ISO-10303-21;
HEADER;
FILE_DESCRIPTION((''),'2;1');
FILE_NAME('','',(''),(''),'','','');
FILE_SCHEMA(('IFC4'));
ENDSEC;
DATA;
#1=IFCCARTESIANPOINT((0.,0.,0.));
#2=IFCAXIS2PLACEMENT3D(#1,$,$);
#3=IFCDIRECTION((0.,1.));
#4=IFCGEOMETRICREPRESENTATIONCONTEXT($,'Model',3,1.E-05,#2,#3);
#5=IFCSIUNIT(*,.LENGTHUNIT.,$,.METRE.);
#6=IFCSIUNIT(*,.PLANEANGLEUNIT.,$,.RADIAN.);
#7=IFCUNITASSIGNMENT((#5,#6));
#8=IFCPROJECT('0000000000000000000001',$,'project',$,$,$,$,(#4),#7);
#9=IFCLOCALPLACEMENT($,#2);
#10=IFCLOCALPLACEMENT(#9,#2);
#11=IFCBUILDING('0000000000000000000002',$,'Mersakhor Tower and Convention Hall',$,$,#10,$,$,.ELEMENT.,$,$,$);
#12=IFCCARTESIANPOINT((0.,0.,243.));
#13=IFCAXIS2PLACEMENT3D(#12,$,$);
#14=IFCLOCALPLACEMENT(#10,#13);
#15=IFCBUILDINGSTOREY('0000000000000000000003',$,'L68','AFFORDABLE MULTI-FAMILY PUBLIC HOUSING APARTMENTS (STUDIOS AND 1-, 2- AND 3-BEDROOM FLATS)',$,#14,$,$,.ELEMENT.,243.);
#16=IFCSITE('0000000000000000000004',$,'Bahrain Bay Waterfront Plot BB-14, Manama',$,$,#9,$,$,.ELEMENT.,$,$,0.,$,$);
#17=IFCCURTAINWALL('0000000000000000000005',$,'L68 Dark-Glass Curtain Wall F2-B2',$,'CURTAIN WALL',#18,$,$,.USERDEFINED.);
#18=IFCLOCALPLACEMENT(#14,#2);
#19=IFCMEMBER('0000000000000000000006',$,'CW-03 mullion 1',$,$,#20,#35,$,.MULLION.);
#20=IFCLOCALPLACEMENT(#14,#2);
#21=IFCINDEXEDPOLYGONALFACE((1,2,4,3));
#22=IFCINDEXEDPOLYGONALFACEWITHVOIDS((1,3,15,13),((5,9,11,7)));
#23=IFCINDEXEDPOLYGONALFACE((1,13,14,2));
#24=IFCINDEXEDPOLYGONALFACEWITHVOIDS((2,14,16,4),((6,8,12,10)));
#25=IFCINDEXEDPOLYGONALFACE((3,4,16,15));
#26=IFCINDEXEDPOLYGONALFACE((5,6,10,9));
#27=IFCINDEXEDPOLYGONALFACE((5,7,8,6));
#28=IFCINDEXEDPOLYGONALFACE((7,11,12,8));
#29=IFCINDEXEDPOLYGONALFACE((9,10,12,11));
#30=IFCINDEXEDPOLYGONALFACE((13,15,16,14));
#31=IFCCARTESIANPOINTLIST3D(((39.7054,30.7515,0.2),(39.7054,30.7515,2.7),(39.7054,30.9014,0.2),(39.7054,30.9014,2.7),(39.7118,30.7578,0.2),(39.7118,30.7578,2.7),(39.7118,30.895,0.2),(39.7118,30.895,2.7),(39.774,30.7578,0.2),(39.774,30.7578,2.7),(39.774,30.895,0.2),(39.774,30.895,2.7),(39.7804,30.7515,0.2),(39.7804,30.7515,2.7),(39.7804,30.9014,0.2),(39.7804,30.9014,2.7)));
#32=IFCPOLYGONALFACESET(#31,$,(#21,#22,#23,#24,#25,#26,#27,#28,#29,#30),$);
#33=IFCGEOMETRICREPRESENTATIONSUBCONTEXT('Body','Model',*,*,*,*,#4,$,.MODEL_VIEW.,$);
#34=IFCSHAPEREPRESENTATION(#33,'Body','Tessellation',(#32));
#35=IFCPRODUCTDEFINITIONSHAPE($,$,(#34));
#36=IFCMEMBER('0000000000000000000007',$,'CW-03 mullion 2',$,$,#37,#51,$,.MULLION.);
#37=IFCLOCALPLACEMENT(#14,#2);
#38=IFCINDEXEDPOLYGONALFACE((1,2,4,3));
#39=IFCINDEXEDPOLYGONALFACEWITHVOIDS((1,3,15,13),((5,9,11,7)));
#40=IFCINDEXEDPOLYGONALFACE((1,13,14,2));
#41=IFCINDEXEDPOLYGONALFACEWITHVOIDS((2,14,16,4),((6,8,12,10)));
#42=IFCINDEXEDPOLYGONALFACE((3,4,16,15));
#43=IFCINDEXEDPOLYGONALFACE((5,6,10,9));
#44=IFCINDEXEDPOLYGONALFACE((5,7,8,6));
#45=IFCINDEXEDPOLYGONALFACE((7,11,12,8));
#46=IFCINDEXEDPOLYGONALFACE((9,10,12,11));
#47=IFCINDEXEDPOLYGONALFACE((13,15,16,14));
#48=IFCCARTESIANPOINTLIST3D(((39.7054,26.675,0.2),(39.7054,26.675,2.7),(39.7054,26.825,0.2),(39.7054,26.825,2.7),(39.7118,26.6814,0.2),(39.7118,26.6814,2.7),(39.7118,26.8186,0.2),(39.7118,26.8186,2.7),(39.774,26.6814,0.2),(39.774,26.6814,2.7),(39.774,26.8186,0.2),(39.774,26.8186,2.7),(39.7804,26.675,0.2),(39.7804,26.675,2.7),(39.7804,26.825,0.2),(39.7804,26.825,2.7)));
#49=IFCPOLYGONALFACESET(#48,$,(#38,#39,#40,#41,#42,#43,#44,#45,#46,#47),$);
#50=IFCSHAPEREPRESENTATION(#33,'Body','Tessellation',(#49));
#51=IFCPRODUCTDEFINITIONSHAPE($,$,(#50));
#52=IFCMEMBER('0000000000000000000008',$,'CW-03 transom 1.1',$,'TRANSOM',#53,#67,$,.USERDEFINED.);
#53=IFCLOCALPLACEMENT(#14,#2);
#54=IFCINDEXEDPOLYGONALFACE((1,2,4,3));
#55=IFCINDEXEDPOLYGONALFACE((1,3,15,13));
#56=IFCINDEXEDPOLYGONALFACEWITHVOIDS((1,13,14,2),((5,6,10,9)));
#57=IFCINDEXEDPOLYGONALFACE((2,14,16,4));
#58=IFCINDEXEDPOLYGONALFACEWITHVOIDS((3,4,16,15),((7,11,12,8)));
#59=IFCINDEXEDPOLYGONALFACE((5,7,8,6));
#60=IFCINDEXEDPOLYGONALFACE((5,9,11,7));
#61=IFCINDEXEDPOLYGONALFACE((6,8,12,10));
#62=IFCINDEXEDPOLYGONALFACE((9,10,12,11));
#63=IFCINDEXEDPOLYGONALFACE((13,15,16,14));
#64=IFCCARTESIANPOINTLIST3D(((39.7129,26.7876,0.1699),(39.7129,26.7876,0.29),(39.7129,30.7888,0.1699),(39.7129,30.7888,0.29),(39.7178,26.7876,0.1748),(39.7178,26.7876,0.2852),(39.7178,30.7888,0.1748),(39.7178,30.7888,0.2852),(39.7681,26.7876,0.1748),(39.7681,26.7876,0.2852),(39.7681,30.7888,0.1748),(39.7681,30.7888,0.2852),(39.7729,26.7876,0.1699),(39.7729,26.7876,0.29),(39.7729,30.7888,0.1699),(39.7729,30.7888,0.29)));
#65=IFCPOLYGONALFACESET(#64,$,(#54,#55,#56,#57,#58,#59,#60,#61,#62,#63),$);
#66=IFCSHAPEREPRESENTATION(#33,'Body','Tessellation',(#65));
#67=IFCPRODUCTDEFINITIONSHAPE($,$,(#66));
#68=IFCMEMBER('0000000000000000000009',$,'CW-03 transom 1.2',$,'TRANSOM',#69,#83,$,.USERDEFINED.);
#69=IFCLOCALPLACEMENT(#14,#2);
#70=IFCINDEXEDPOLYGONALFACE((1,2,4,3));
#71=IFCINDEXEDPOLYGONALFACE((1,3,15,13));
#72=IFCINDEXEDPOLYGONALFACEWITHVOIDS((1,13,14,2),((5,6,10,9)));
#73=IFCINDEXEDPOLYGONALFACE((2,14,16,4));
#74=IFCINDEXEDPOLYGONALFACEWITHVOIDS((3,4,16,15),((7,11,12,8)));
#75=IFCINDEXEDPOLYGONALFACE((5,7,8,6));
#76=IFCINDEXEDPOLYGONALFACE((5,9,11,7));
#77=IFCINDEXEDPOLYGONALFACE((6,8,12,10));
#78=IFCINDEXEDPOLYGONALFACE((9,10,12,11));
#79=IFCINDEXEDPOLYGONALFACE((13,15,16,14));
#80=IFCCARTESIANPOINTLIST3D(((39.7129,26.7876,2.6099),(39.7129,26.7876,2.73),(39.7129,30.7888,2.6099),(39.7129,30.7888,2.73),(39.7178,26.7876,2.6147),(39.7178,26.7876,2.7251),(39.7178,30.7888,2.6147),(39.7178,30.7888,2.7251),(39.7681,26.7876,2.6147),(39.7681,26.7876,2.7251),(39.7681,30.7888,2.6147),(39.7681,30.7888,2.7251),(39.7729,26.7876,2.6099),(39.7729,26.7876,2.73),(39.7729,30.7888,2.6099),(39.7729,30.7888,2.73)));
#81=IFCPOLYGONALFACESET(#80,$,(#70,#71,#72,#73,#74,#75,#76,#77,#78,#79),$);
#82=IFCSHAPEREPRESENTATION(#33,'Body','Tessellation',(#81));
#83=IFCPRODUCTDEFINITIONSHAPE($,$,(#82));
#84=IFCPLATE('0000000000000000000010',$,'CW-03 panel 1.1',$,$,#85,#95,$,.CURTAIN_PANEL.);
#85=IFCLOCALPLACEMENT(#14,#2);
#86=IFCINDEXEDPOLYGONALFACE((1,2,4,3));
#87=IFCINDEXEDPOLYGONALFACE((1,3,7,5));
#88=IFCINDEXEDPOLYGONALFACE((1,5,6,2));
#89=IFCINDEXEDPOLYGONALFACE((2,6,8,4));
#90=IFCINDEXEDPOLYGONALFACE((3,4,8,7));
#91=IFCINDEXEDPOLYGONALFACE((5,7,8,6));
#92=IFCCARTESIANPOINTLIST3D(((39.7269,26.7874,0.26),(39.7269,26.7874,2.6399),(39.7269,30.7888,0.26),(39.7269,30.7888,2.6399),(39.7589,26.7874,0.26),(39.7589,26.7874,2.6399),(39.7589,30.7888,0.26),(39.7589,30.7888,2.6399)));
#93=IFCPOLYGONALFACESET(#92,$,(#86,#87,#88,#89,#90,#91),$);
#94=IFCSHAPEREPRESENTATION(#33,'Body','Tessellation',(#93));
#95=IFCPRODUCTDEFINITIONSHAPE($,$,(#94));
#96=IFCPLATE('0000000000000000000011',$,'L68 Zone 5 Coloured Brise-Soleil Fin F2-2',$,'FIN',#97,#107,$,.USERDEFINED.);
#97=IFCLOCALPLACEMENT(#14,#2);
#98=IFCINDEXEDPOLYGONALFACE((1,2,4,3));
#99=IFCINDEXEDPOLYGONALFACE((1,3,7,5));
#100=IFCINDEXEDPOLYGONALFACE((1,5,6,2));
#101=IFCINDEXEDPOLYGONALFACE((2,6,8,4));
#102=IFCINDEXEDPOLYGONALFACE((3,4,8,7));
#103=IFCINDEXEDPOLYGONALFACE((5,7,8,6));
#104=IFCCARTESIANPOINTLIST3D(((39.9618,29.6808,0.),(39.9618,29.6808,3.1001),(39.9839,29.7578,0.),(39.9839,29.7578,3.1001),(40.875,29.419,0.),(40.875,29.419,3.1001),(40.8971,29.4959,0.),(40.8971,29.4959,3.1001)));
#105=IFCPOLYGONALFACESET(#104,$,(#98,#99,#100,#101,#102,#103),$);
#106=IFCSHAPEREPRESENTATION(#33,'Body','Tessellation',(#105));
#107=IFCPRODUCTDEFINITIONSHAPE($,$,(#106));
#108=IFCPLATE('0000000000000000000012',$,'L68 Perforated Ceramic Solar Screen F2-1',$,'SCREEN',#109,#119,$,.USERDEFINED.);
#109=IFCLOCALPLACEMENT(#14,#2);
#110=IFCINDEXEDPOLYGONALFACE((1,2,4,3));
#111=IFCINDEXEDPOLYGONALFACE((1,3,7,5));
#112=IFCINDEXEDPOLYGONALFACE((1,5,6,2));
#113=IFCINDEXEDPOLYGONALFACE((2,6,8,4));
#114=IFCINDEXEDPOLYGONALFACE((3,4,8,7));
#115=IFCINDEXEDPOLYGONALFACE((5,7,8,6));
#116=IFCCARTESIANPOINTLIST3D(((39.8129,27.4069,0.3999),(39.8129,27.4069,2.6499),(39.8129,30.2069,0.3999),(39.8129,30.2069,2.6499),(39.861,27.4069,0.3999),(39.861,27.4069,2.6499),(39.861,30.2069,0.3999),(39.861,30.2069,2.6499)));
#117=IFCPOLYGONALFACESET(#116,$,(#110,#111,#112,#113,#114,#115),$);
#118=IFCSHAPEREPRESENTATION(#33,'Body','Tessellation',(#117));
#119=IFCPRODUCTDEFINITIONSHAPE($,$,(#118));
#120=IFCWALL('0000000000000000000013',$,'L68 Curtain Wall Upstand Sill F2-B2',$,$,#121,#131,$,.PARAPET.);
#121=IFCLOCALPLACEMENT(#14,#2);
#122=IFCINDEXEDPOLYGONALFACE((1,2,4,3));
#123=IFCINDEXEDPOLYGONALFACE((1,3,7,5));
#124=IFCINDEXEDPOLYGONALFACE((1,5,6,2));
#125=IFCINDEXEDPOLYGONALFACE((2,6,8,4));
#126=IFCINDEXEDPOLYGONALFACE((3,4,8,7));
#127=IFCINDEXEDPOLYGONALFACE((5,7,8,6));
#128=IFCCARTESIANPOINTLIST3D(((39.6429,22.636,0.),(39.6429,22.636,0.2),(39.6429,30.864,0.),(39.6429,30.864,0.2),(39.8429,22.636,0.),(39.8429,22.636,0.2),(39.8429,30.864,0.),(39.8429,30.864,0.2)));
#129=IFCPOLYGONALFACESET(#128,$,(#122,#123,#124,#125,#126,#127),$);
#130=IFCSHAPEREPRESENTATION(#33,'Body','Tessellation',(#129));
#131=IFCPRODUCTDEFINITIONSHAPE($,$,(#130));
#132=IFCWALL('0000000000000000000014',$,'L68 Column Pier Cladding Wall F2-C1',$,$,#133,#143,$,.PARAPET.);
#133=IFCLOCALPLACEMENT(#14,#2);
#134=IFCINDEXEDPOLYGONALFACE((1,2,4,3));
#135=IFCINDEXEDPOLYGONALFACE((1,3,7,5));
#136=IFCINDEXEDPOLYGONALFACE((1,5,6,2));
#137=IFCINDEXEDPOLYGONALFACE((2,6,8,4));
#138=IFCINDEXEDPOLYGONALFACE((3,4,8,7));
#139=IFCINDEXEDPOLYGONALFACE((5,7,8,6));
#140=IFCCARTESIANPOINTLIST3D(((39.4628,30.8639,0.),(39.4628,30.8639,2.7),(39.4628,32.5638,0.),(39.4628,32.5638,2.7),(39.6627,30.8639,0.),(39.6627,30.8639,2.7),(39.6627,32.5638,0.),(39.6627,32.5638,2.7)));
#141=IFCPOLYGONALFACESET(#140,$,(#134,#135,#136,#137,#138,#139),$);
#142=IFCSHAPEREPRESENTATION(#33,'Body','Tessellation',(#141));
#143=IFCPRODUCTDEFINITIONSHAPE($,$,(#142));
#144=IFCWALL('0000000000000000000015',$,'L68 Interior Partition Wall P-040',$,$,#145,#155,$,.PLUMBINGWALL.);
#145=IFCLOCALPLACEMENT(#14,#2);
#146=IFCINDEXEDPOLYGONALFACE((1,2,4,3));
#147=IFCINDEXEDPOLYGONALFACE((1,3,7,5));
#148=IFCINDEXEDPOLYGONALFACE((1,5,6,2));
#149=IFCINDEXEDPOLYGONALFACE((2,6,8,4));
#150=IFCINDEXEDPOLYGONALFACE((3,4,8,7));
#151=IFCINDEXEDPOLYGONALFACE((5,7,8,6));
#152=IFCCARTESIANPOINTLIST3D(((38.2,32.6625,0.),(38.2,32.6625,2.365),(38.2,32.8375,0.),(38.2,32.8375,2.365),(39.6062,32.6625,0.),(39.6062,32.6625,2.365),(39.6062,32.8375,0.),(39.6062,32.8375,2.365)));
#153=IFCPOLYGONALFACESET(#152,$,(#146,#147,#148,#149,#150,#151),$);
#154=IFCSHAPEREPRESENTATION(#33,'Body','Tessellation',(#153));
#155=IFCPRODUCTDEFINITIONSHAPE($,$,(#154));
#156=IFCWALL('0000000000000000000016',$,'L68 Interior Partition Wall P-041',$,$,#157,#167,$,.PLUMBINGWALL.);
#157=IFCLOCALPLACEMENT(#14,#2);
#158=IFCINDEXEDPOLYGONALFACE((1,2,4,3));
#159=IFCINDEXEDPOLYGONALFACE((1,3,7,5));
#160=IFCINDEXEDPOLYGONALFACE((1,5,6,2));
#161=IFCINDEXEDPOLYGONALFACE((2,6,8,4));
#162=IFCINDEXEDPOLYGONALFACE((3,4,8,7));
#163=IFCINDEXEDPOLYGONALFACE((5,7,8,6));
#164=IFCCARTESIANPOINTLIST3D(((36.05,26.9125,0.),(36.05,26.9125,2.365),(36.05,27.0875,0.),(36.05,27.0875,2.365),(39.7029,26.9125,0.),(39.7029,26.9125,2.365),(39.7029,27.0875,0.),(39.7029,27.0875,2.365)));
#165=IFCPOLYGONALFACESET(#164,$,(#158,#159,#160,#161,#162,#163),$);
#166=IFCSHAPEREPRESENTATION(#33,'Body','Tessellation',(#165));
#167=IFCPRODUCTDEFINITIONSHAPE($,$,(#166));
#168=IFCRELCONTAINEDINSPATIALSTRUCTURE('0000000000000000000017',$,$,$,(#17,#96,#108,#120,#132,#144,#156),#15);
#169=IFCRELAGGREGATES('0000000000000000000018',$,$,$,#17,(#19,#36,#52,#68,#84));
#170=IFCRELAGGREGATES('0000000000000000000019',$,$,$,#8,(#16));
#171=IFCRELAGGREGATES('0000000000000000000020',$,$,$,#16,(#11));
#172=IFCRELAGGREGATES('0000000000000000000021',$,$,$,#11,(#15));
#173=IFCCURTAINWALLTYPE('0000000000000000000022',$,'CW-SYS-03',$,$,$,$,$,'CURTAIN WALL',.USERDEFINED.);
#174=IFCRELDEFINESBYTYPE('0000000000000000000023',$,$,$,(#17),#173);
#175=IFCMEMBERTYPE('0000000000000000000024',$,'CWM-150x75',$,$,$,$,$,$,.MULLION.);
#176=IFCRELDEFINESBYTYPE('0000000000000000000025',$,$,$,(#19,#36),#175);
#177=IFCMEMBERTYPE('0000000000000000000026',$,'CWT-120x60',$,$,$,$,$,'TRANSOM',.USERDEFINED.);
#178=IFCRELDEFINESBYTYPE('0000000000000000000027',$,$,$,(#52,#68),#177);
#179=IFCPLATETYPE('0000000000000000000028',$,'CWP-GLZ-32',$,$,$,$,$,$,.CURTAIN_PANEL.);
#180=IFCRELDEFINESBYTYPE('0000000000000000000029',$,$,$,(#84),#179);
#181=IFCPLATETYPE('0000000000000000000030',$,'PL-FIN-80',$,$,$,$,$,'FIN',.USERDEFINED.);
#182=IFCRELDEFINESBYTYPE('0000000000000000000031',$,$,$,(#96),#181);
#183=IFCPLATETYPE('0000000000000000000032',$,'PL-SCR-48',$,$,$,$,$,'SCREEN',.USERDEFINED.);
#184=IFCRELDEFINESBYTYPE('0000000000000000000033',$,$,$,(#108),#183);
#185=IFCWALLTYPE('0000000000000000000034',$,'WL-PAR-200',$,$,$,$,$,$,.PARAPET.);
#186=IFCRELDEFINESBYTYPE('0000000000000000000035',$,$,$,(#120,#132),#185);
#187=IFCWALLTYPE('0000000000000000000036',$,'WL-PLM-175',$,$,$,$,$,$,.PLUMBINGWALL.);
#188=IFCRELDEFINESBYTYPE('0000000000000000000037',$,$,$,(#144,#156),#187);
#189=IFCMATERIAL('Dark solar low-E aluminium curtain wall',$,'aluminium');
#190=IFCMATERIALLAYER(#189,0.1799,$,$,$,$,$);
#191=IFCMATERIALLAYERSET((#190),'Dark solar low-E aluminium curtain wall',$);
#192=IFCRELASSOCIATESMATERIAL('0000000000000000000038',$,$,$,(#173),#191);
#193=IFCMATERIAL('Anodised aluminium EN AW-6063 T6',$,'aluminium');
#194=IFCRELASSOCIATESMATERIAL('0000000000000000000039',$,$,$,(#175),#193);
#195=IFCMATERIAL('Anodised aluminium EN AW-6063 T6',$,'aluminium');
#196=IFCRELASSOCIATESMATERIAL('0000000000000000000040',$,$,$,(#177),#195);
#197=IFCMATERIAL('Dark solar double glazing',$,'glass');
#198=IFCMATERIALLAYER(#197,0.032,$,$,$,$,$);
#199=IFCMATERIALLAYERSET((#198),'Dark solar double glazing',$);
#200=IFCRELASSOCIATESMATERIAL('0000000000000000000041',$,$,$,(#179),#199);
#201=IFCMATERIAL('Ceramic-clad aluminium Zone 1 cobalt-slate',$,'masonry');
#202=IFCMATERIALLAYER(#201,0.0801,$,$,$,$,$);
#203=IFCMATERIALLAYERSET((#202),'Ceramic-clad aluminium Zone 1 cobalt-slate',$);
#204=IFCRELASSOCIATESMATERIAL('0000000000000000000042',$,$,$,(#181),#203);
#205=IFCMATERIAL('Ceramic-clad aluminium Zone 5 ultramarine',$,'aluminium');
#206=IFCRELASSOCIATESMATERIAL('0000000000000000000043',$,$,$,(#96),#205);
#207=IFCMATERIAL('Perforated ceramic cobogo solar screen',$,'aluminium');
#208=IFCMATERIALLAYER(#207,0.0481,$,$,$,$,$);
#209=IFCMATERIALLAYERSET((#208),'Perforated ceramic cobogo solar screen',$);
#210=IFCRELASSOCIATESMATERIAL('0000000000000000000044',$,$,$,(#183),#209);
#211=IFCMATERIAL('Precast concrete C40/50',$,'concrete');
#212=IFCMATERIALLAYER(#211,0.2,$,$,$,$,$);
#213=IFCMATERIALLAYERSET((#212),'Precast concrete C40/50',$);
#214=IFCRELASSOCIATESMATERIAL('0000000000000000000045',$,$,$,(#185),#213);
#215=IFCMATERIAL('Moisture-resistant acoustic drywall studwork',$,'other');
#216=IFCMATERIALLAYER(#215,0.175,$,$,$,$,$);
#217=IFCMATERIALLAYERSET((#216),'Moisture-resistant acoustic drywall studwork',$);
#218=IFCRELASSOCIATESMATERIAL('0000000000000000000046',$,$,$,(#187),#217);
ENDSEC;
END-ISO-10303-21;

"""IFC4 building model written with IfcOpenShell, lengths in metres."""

from ifc_helpers import new_model, si_unit, direction, frame, frame_2d, origin, origin_2d, place, context, subcontext, project, spatial, rectangle, hollow_rectangle, extrude, material, layer, layer_set, material_profile, profile_set, type_object, element, aggregate, save


model = new_model("IFC4")

# Units and contexts
model_context = context("Model", 3, precision=1e-05, world=origin(), true_north=direction((0.0, 1.0)))
body_context = subcontext(model_context, "Body", "Model", "MODEL_VIEW")
ifc_project = project(units=[si_unit("LENGTHUNIT", "METRE"), si_unit("PLANEANGLEUNIT", "RADIAN")], contexts=[model_context])

# Site, building, storey
site_placement = place(None, origin())
site = spatial("IfcSite", under=ifc_project, at=site_placement, Name="Bahrain Bay Waterfront Plot BB-14, Manama", CompositionType="ELEMENT", RefElevation=0.0)
building_placement = place(site_placement, origin())
building = spatial("IfcBuilding", under=site, at=building_placement, Name="Mersakhor Tower and Convention Hall", CompositionType="ELEMENT")
storey_placement = place(building_placement, frame((0.0, 0.0, 243.0)))
storey = spatial("IfcBuildingStorey", under=building, at=storey_placement, Name="L68", Description="AFFORDABLE MULTI-FAMILY PUBLIC HOUSING APARTMENTS (STUDIOS AND 1-, 2- AND 3-BEDROOM FLATS)", CompositionType="ELEMENT", Elevation=243.0)

# Curtain wall, members, plate
ifc_material_1 = material(Name="Dark solar low-E aluminium curtain wall", Category="aluminium")
ifc_layer_1 = layer(ifc_material_1, 0.1799)
ifc_layer_set_1 = layer_set([ifc_layer_1], Name="Dark solar low-E aluminium curtain wall")
curtain_wall_type = type_object("IfcCurtainWallType", Name="CW-SYS-03", ElementType="CURTAIN WALL", PredefinedType="USERDEFINED", material=ifc_layer_set_1)
curtain_wall_placement = place(storey_placement, origin())
curtain_wall = element("IfcCurtainWall", 1, at=curtain_wall_placement, inside=storey, type_object=curtain_wall_type, Name="L68 Dark-Glass Curtain Wall F2-B2", ObjectType="CURTAIN WALL", PredefinedType="USERDEFINED")
ifc_material_2 = material(Name="Anodised aluminium EN AW-6063 T6", Category="aluminium")
ifc_material_profile_1 = material_profile(ifc_material_2, hollow_rectangle(XDim=0.075, YDim=0.1499, WallThickness=0.0063, at=origin_2d()), Name="RHS 150x75x6.3")
ifc_profile_set_1 = profile_set([ifc_material_profile_1], Name="Anodised aluminium EN AW-6063 T6")
member_type_1 = type_object("IfcMemberType", Name="CWM-150x75", PredefinedType="MULLION", material=ifc_profile_set_1)
member_1_placement = place(storey_placement, frame((39.7429, 30.8264, 0.2), z_axis=(0.0, 0.0, 1.0), x_axis=(1.0, 0.0, 0.0)))
member_1 = element("IfcMember", 2, at=member_1_placement, type_object=member_type_1, Name="CW-03 mullion 1", PredefinedType="MULLION", context=body_context, shape_type="SweptSolid", body=[
    extrude(hollow_rectangle(XDim=0.075, YDim=0.1499, WallThickness=0.0063, at=origin_2d()), origin(), (0.0, 0.0, 1.0), 2.5),
])
member_2_placement = place(storey_placement, frame((39.7429, 26.75, 0.2), z_axis=(0.0, 0.0, 1.0), x_axis=(1.0, 0.0, 0.0)))
member_2 = element("IfcMember", 3, at=member_2_placement, type_object=member_type_1, Name="CW-03 mullion 2", PredefinedType="MULLION", context=body_context, shape_type="SweptSolid", body=[
    extrude(hollow_rectangle(XDim=0.075, YDim=0.1499, WallThickness=0.0063, at=origin_2d()), origin(), (0.0, 0.0, 1.0), 2.5),
])
ifc_material_3 = material(Name="Anodised aluminium EN AW-6063 T6", Category="aluminium")
ifc_material_profile_2 = material_profile(ifc_material_3, hollow_rectangle(XDim=0.0601, YDim=0.1201, WallThickness=0.0049, at=origin_2d()), Name="RHS 120x60x5")
ifc_profile_set_2 = profile_set([ifc_material_profile_2], Name="Anodised aluminium EN AW-6063 T6")
member_type_2 = type_object("IfcMemberType", Name="CWT-120x60", ElementType="TRANSOM", PredefinedType="USERDEFINED", material=ifc_profile_set_2)
member_3_placement = place(storey_placement, frame((39.7429, 30.7888, 0.23), z_axis=(0.0, -1.0, 0.0), x_axis=(1.0, 0.0, 0.0)))
member_3 = element("IfcMember", 4, at=member_3_placement, type_object=member_type_2, Name="CW-03 transom 1.1", ObjectType="TRANSOM", PredefinedType="USERDEFINED", context=body_context, shape_type="SweptSolid", body=[
    extrude(hollow_rectangle(XDim=0.0601, YDim=0.1201, WallThickness=0.0049, at=origin_2d()), origin(), (0.0, 0.0, 1.0), 4.0012),
])
member_4_placement = place(storey_placement, frame((39.7429, 30.7888, 2.6699), z_axis=(0.0, -1.0, 0.0), x_axis=(1.0, 0.0, 0.0)))
member_4 = element("IfcMember", 5, at=member_4_placement, type_object=member_type_2, Name="CW-03 transom 1.2", ObjectType="TRANSOM", PredefinedType="USERDEFINED", context=body_context, shape_type="SweptSolid", body=[
    extrude(hollow_rectangle(XDim=0.0601, YDim=0.1201, WallThickness=0.0049, at=origin_2d()), origin(), (0.0, 0.0, 1.0), 4.0012),
])
ifc_material_4 = material(Name="Dark solar double glazing", Category="glass")
ifc_layer_2 = layer(ifc_material_4, 0.032)
ifc_layer_set_2 = layer_set([ifc_layer_2], Name="Dark solar double glazing")
plate_type_1 = type_object("IfcPlateType", Name="CWP-GLZ-32", PredefinedType="CURTAIN_PANEL", material=ifc_layer_set_2)
plate_1_placement = place(storey_placement, frame((39.7429, 28.7881, 0.26), z_axis=(0.0, 0.0, 1.0), x_axis=(0.0, -1.0, 0.0)))
plate_1 = element("IfcPlate", 6, at=plate_1_placement, type_object=plate_type_1, Name="CW-03 panel 1.1", PredefinedType="CURTAIN_PANEL", context=body_context, shape_type="SweptSolid", body=[
    extrude(rectangle(XDim=4.0015, YDim=0.032, at=origin_2d()), origin(), (0.0, 0.0, 1.0), 2.3799),
])
aggregate(curtain_wall, [member_1, member_2, member_3, member_4, plate_1])

# Plates
ifc_material_5 = material(Name="Ceramic-clad aluminium Zone 5 ultramarine", Category="aluminium")
ifc_material_6 = material(Name="Ceramic-clad aluminium Zone 1 cobalt-slate", Category="masonry")
ifc_layer_3 = layer(ifc_material_6, 0.0801)
ifc_layer_set_3 = layer_set([ifc_layer_3], Name="Ceramic-clad aluminium Zone 1 cobalt-slate")
plate_type_2 = type_object("IfcPlateType", Name="PL-FIN-80", ElementType="FIN", PredefinedType="USERDEFINED", material=ifc_layer_set_3)
plate_2_placement = place(storey_placement, frame((40.4294, 29.5884, 0.0), z_axis=(0.0, 0.0, 1.0), x_axis=(0.961262, -0.275637, 0.0)))
element("IfcPlate", 7, at=plate_2_placement, inside=storey, type_object=plate_type_2, material=ifc_material_5, Name="L68 Zone 5 Coloured Brise-Soleil Fin F2-2", ObjectType="FIN", PredefinedType="USERDEFINED", context=body_context, shape_type="SweptSolid", body=[
    extrude(rectangle(XDim=0.95, YDim=0.0801, at=origin_2d()), origin(), (0.0, 0.0, 1.0), 3.1001),
])
ifc_material_7 = material(Name="Perforated ceramic cobogo solar screen", Category="aluminium")
ifc_layer_4 = layer(ifc_material_7, 0.0481)
ifc_layer_set_4 = layer_set([ifc_layer_4], Name="Perforated ceramic cobogo solar screen")
plate_type_3 = type_object("IfcPlateType", Name="PL-SCR-48", ElementType="SCREEN", PredefinedType="USERDEFINED", material=ifc_layer_set_4)
plate_3_placement = place(storey_placement, frame((39.8369, 28.8069, 0.3999), z_axis=(0.0, 0.0, 1.0), x_axis=(0.0, -1.0, 0.0)))
element("IfcPlate", 8, at=plate_3_placement, inside=storey, type_object=plate_type_3, Name="L68 Perforated Ceramic Solar Screen F2-1", ObjectType="SCREEN", PredefinedType="USERDEFINED", context=body_context, shape_type="SweptSolid", body=[
    extrude(rectangle(XDim=2.8, YDim=0.0481, at=origin_2d()), origin(), (0.0, 0.0, 1.0), 2.25),
])

# Walls
ifc_material_8 = material(Name="Precast concrete C40/50", Category="concrete")
ifc_layer_5 = layer(ifc_material_8, 0.2)
ifc_layer_set_5 = layer_set([ifc_layer_5], Name="Precast concrete C40/50")
wall_type_1 = type_object("IfcWallType", Name="WL-PAR-200", PredefinedType="PARAPET", material=ifc_layer_set_5)
wall_1_placement = place(storey_placement, frame((39.7429, 30.864, 0.0), z_axis=(0.0, 0.0, 1.0), x_axis=(0.0, -1.0, 0.0)))
element("IfcWall", 9, at=wall_1_placement, inside=storey, type_object=wall_type_1, Name="L68 Curtain Wall Upstand Sill F2-B2", PredefinedType="PARAPET", context=body_context, shape_type="SweptSolid", body=[
    extrude(rectangle(XDim=8.228, YDim=0.2, at=frame_2d((4.114, 0.0))), origin(), (0.0, 0.0, 1.0), 0.2),
])
wall_2_placement = place(storey_placement, frame((39.5627, 32.564, 0.0), z_axis=(0.0, 0.0, 1.0), x_axis=(0.0, -1.0, 0.0)))
element("IfcWall", 10, at=wall_2_placement, inside=storey, type_object=wall_type_1, Name="L68 Column Pier Cladding Wall F2-C1", PredefinedType="PARAPET", context=body_context, shape_type="SweptSolid", body=[
    extrude(rectangle(XDim=1.7, YDim=0.2, at=frame_2d((0.8501, 0.0))), origin(), (0.0, 0.0, 1.0), 2.7),
])
ifc_material_9 = material(Name="Moisture-resistant acoustic drywall studwork", Category="other")
ifc_layer_6 = layer(ifc_material_9, 0.175)
ifc_layer_set_6 = layer_set([ifc_layer_6], Name="Moisture-resistant acoustic drywall studwork")
wall_type_2 = type_object("IfcWallType", Name="WL-PLM-175", PredefinedType="PLUMBINGWALL", material=ifc_layer_set_6)
wall_3_placement = place(storey_placement, frame((38.2, 32.75, 0.0), z_axis=(0.0, 0.0, 1.0), x_axis=(1.0, 0.0, 0.0)))
element("IfcWall", 11, at=wall_3_placement, inside=storey, type_object=wall_type_2, Name="L68 Interior Partition Wall P-040", PredefinedType="PLUMBINGWALL", context=body_context, shape_type="SweptSolid", body=[
    extrude(rectangle(XDim=1.4062, YDim=0.175, at=frame_2d((0.7031, 0.0))), origin(), (0.0, 0.0, 1.0), 2.365),
])
wall_4_placement = place(storey_placement, frame((39.7029, 27.0, 0.0), z_axis=(0.0, 0.0, 1.0), x_axis=(-1.0, 0.0, 0.0)))
element("IfcWall", 12, at=wall_4_placement, inside=storey, type_object=wall_type_2, Name="L68 Interior Partition Wall P-041", PredefinedType="PLUMBINGWALL", context=body_context, shape_type="SweptSolid", body=[
    extrude(rectangle(XDim=3.6528, YDim=0.175, at=frame_2d((1.8264, 0.0))), origin(), (0.0, 0.0, 1.0), 2.365),
])

save(model, "model.ifc")
